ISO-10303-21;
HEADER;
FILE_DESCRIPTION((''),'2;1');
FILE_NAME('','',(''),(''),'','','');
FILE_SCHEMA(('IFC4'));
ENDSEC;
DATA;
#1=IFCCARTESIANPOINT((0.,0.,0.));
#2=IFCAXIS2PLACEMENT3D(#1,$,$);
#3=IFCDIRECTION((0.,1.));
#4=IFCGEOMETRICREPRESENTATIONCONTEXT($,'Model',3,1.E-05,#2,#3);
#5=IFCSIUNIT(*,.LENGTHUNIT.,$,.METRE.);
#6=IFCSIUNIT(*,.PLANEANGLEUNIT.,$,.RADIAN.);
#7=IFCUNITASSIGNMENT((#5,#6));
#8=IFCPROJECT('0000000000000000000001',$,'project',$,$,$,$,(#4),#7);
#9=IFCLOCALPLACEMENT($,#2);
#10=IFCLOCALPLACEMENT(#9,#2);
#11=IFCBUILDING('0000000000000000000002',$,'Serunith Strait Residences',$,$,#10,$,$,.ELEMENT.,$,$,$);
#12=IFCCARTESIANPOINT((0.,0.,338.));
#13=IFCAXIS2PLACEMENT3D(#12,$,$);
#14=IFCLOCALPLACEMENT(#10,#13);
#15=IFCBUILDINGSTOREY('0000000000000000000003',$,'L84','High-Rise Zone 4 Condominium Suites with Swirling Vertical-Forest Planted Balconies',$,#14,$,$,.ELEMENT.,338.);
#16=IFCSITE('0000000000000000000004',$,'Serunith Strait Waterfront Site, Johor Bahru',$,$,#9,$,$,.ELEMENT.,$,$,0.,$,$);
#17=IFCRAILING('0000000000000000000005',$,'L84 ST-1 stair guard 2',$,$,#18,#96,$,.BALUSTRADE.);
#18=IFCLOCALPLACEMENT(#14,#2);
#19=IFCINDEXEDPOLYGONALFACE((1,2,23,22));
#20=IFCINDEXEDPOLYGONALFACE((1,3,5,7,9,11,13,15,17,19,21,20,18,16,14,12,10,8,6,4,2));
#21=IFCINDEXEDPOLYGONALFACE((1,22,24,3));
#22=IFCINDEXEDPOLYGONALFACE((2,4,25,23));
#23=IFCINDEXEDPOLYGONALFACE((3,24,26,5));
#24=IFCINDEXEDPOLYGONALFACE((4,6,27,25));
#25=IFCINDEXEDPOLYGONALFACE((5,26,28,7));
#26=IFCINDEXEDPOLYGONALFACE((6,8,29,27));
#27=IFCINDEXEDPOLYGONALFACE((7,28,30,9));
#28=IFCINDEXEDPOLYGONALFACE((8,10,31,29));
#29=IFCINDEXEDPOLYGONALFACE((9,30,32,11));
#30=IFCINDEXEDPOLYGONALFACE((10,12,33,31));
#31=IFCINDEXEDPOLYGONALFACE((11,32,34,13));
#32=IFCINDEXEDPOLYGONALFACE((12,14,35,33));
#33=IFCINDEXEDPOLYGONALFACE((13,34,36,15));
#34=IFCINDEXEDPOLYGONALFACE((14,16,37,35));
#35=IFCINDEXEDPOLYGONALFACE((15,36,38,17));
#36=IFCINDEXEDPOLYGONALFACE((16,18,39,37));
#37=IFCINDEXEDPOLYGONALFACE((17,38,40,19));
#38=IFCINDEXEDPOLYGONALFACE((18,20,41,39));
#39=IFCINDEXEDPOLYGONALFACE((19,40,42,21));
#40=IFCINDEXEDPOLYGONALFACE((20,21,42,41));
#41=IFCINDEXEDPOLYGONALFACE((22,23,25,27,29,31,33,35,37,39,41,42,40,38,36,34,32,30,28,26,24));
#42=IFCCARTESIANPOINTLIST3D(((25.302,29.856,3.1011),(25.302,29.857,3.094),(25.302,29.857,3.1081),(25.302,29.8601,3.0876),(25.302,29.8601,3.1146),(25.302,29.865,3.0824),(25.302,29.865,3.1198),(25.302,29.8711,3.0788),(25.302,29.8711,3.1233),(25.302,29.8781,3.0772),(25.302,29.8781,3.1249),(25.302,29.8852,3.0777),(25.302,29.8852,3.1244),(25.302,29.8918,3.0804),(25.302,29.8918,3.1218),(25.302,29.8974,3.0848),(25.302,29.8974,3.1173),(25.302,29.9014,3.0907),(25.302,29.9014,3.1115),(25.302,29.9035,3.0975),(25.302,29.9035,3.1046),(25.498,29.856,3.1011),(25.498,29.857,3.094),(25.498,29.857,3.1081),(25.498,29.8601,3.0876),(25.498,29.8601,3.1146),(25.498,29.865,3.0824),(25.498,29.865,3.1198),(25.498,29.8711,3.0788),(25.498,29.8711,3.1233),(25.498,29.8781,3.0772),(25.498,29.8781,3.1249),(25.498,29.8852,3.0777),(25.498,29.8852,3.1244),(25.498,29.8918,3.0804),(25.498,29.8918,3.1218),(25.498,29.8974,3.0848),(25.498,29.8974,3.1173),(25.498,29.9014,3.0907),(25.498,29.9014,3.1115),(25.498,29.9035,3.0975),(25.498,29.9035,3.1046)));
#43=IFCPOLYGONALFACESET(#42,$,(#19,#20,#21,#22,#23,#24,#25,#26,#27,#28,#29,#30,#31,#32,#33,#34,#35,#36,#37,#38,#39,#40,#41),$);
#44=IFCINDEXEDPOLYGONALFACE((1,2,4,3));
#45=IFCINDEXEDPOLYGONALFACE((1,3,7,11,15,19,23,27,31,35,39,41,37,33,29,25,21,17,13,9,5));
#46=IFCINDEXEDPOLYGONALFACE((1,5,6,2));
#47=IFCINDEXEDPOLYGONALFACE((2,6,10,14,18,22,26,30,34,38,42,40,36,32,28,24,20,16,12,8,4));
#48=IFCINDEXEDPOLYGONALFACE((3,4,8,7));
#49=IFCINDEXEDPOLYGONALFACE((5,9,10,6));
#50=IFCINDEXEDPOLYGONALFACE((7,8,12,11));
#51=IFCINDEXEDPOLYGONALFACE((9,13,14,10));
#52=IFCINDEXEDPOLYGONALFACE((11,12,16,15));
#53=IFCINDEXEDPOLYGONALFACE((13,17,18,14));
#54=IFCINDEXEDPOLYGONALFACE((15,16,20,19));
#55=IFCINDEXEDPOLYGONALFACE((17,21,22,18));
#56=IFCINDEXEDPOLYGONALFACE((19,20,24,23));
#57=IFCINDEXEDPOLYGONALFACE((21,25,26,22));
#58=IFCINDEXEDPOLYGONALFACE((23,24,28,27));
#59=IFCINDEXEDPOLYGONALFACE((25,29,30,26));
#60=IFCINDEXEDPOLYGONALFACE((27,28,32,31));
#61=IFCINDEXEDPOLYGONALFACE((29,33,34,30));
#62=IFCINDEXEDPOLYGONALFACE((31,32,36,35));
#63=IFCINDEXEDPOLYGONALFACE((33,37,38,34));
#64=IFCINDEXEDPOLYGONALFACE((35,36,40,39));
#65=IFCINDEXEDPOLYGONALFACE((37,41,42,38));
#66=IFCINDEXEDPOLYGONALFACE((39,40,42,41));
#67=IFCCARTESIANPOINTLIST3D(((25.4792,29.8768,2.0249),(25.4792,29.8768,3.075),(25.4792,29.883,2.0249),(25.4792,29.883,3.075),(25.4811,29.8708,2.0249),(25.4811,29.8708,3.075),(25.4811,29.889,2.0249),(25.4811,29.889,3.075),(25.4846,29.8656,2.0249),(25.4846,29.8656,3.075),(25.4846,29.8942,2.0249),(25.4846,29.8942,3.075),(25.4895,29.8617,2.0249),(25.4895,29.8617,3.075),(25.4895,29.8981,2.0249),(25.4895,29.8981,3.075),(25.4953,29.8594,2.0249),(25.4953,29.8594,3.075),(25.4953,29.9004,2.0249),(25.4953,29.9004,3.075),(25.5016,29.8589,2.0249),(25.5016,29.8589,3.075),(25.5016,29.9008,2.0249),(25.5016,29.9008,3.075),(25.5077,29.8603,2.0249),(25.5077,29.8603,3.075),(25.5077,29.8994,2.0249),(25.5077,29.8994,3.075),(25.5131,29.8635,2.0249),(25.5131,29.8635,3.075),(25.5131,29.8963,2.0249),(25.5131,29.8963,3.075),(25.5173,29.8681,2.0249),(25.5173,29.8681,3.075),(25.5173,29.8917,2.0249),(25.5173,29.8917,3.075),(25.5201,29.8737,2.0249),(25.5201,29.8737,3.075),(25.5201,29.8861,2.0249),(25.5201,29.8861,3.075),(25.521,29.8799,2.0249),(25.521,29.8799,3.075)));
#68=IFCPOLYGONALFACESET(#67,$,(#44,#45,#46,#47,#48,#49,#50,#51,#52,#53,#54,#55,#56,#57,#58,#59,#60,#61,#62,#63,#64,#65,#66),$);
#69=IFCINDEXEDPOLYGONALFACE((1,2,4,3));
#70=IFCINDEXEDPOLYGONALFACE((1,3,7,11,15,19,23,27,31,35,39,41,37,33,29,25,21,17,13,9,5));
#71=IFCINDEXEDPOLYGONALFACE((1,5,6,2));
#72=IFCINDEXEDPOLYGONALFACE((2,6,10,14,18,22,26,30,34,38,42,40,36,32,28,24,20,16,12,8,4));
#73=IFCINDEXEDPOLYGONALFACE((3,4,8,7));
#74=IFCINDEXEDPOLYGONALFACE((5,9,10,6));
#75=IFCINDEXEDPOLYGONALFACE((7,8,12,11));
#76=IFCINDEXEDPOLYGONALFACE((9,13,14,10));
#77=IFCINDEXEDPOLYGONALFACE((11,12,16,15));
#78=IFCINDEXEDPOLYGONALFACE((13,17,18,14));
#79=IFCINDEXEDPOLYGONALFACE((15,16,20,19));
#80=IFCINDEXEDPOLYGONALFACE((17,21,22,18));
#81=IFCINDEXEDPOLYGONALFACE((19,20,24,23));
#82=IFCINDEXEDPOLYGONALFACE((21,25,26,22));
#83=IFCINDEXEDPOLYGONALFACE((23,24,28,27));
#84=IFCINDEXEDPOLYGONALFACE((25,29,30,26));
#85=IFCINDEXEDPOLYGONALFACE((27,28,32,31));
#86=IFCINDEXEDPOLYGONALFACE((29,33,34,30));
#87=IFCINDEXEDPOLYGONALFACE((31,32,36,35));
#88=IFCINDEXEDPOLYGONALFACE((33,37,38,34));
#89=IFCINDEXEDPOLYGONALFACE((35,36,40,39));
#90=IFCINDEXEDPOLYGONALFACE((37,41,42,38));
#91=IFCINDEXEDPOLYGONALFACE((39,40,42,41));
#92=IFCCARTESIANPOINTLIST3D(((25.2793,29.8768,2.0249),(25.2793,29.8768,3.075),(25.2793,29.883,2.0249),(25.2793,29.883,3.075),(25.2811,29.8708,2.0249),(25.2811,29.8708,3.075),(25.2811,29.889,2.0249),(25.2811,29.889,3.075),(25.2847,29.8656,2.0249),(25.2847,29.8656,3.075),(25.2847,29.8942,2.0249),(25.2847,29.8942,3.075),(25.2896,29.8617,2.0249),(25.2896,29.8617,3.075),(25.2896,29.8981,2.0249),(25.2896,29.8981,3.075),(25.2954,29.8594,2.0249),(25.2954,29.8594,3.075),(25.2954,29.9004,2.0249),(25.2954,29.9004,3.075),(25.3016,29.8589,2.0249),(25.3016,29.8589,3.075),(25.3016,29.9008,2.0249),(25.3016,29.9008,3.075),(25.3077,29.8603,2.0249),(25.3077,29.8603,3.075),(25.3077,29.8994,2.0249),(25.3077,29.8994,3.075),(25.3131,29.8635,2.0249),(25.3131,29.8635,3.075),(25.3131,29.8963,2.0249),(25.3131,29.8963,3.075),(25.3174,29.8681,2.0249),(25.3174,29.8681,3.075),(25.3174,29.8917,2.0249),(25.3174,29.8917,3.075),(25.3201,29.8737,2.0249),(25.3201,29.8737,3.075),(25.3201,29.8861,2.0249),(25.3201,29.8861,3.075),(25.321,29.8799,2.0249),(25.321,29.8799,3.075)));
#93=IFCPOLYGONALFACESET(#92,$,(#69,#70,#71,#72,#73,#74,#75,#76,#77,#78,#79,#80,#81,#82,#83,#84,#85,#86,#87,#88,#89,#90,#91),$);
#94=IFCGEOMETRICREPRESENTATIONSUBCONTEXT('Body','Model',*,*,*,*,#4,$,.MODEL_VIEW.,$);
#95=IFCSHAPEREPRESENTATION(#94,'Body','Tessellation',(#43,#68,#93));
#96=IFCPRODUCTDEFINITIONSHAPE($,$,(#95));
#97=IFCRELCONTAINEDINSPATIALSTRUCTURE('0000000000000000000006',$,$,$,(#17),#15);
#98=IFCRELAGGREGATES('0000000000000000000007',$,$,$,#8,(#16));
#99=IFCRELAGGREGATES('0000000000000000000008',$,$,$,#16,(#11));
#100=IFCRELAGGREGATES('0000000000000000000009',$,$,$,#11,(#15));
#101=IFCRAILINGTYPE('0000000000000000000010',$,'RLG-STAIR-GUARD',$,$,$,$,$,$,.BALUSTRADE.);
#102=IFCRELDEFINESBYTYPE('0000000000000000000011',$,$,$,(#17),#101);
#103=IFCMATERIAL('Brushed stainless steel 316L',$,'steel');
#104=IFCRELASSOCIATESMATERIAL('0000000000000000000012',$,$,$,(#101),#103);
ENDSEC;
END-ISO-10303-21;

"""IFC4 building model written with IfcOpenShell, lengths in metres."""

from ifc_helpers import new_model, si_unit, direction, frame, origin, origin_2d, place, context, subcontext, project, spatial, circle, extrude, material, type_object, element, save


model = new_model("IFC4")

# Units and contexts
model_context = context("Model", 3, precision=1e-05, world=origin(), true_north=direction((0.0, 1.0)))
body_context = subcontext(model_context, "Body", "Model", "MODEL_VIEW")
ifc_project = project(units=[si_unit("LENGTHUNIT", "METRE"), si_unit("PLANEANGLEUNIT", "RADIAN")], contexts=[model_context])

# Site, building, storey
site_placement = place(None, origin())
site = spatial("IfcSite", under=ifc_project, at=site_placement, Name="Serunith Strait Waterfront Site, Johor Bahru", CompositionType="ELEMENT", RefElevation=0.0)
building_placement = place(site_placement, origin())
building = spatial("IfcBuilding", under=site, at=building_placement, Name="Serunith Strait Residences", CompositionType="ELEMENT")
storey_placement = place(building_placement, frame((0.0, 0.0, 338.0)))
storey = spatial("IfcBuildingStorey", under=building, at=storey_placement, Name="L84", Description="High-Rise Zone 4 Condominium Suites with Swirling Vertical-Forest Planted Balconies", CompositionType="ELEMENT", Elevation=338.0)

# Railing
ifc_material_1 = material(Name="Brushed stainless steel 316L", Category="steel")
railing_type_1 = type_object("IfcRailingType", Name="RLG-STAIR-GUARD", PredefinedType="BALUSTRADE", material=ifc_material_1)
railing_1_placement = place(storey_placement, frame((25.5, 29.8799, 2.0249)))
element("IfcRailing", 1, at=railing_1_placement, inside=storey, type_object=railing_type_1, Name="L84 ST-1 stair guard 2", PredefinedType="BALUSTRADE", context=body_context, shape_type="SweptSolid", body=[
    extrude(circle(Radius=0.0239, at=origin_2d()), frame((-0.002, 0.0, 1.0762), z_axis=(-1.0, 0.0, 0.0), x_axis=(0.0, -1.0, 0.0)), (0.0, 0.0, 1.0), 0.196),
    extrude(circle(Radius=0.021, at=origin_2d()), origin(), (0.0, 0.0, 1.0), 1.05),
    extrude(circle(Radius=0.021, at=origin_2d()), frame((-0.2, 0.0, 0.0)), (0.0, 0.0, 1.0), 1.05),
])

save(model, "model.ifc")
